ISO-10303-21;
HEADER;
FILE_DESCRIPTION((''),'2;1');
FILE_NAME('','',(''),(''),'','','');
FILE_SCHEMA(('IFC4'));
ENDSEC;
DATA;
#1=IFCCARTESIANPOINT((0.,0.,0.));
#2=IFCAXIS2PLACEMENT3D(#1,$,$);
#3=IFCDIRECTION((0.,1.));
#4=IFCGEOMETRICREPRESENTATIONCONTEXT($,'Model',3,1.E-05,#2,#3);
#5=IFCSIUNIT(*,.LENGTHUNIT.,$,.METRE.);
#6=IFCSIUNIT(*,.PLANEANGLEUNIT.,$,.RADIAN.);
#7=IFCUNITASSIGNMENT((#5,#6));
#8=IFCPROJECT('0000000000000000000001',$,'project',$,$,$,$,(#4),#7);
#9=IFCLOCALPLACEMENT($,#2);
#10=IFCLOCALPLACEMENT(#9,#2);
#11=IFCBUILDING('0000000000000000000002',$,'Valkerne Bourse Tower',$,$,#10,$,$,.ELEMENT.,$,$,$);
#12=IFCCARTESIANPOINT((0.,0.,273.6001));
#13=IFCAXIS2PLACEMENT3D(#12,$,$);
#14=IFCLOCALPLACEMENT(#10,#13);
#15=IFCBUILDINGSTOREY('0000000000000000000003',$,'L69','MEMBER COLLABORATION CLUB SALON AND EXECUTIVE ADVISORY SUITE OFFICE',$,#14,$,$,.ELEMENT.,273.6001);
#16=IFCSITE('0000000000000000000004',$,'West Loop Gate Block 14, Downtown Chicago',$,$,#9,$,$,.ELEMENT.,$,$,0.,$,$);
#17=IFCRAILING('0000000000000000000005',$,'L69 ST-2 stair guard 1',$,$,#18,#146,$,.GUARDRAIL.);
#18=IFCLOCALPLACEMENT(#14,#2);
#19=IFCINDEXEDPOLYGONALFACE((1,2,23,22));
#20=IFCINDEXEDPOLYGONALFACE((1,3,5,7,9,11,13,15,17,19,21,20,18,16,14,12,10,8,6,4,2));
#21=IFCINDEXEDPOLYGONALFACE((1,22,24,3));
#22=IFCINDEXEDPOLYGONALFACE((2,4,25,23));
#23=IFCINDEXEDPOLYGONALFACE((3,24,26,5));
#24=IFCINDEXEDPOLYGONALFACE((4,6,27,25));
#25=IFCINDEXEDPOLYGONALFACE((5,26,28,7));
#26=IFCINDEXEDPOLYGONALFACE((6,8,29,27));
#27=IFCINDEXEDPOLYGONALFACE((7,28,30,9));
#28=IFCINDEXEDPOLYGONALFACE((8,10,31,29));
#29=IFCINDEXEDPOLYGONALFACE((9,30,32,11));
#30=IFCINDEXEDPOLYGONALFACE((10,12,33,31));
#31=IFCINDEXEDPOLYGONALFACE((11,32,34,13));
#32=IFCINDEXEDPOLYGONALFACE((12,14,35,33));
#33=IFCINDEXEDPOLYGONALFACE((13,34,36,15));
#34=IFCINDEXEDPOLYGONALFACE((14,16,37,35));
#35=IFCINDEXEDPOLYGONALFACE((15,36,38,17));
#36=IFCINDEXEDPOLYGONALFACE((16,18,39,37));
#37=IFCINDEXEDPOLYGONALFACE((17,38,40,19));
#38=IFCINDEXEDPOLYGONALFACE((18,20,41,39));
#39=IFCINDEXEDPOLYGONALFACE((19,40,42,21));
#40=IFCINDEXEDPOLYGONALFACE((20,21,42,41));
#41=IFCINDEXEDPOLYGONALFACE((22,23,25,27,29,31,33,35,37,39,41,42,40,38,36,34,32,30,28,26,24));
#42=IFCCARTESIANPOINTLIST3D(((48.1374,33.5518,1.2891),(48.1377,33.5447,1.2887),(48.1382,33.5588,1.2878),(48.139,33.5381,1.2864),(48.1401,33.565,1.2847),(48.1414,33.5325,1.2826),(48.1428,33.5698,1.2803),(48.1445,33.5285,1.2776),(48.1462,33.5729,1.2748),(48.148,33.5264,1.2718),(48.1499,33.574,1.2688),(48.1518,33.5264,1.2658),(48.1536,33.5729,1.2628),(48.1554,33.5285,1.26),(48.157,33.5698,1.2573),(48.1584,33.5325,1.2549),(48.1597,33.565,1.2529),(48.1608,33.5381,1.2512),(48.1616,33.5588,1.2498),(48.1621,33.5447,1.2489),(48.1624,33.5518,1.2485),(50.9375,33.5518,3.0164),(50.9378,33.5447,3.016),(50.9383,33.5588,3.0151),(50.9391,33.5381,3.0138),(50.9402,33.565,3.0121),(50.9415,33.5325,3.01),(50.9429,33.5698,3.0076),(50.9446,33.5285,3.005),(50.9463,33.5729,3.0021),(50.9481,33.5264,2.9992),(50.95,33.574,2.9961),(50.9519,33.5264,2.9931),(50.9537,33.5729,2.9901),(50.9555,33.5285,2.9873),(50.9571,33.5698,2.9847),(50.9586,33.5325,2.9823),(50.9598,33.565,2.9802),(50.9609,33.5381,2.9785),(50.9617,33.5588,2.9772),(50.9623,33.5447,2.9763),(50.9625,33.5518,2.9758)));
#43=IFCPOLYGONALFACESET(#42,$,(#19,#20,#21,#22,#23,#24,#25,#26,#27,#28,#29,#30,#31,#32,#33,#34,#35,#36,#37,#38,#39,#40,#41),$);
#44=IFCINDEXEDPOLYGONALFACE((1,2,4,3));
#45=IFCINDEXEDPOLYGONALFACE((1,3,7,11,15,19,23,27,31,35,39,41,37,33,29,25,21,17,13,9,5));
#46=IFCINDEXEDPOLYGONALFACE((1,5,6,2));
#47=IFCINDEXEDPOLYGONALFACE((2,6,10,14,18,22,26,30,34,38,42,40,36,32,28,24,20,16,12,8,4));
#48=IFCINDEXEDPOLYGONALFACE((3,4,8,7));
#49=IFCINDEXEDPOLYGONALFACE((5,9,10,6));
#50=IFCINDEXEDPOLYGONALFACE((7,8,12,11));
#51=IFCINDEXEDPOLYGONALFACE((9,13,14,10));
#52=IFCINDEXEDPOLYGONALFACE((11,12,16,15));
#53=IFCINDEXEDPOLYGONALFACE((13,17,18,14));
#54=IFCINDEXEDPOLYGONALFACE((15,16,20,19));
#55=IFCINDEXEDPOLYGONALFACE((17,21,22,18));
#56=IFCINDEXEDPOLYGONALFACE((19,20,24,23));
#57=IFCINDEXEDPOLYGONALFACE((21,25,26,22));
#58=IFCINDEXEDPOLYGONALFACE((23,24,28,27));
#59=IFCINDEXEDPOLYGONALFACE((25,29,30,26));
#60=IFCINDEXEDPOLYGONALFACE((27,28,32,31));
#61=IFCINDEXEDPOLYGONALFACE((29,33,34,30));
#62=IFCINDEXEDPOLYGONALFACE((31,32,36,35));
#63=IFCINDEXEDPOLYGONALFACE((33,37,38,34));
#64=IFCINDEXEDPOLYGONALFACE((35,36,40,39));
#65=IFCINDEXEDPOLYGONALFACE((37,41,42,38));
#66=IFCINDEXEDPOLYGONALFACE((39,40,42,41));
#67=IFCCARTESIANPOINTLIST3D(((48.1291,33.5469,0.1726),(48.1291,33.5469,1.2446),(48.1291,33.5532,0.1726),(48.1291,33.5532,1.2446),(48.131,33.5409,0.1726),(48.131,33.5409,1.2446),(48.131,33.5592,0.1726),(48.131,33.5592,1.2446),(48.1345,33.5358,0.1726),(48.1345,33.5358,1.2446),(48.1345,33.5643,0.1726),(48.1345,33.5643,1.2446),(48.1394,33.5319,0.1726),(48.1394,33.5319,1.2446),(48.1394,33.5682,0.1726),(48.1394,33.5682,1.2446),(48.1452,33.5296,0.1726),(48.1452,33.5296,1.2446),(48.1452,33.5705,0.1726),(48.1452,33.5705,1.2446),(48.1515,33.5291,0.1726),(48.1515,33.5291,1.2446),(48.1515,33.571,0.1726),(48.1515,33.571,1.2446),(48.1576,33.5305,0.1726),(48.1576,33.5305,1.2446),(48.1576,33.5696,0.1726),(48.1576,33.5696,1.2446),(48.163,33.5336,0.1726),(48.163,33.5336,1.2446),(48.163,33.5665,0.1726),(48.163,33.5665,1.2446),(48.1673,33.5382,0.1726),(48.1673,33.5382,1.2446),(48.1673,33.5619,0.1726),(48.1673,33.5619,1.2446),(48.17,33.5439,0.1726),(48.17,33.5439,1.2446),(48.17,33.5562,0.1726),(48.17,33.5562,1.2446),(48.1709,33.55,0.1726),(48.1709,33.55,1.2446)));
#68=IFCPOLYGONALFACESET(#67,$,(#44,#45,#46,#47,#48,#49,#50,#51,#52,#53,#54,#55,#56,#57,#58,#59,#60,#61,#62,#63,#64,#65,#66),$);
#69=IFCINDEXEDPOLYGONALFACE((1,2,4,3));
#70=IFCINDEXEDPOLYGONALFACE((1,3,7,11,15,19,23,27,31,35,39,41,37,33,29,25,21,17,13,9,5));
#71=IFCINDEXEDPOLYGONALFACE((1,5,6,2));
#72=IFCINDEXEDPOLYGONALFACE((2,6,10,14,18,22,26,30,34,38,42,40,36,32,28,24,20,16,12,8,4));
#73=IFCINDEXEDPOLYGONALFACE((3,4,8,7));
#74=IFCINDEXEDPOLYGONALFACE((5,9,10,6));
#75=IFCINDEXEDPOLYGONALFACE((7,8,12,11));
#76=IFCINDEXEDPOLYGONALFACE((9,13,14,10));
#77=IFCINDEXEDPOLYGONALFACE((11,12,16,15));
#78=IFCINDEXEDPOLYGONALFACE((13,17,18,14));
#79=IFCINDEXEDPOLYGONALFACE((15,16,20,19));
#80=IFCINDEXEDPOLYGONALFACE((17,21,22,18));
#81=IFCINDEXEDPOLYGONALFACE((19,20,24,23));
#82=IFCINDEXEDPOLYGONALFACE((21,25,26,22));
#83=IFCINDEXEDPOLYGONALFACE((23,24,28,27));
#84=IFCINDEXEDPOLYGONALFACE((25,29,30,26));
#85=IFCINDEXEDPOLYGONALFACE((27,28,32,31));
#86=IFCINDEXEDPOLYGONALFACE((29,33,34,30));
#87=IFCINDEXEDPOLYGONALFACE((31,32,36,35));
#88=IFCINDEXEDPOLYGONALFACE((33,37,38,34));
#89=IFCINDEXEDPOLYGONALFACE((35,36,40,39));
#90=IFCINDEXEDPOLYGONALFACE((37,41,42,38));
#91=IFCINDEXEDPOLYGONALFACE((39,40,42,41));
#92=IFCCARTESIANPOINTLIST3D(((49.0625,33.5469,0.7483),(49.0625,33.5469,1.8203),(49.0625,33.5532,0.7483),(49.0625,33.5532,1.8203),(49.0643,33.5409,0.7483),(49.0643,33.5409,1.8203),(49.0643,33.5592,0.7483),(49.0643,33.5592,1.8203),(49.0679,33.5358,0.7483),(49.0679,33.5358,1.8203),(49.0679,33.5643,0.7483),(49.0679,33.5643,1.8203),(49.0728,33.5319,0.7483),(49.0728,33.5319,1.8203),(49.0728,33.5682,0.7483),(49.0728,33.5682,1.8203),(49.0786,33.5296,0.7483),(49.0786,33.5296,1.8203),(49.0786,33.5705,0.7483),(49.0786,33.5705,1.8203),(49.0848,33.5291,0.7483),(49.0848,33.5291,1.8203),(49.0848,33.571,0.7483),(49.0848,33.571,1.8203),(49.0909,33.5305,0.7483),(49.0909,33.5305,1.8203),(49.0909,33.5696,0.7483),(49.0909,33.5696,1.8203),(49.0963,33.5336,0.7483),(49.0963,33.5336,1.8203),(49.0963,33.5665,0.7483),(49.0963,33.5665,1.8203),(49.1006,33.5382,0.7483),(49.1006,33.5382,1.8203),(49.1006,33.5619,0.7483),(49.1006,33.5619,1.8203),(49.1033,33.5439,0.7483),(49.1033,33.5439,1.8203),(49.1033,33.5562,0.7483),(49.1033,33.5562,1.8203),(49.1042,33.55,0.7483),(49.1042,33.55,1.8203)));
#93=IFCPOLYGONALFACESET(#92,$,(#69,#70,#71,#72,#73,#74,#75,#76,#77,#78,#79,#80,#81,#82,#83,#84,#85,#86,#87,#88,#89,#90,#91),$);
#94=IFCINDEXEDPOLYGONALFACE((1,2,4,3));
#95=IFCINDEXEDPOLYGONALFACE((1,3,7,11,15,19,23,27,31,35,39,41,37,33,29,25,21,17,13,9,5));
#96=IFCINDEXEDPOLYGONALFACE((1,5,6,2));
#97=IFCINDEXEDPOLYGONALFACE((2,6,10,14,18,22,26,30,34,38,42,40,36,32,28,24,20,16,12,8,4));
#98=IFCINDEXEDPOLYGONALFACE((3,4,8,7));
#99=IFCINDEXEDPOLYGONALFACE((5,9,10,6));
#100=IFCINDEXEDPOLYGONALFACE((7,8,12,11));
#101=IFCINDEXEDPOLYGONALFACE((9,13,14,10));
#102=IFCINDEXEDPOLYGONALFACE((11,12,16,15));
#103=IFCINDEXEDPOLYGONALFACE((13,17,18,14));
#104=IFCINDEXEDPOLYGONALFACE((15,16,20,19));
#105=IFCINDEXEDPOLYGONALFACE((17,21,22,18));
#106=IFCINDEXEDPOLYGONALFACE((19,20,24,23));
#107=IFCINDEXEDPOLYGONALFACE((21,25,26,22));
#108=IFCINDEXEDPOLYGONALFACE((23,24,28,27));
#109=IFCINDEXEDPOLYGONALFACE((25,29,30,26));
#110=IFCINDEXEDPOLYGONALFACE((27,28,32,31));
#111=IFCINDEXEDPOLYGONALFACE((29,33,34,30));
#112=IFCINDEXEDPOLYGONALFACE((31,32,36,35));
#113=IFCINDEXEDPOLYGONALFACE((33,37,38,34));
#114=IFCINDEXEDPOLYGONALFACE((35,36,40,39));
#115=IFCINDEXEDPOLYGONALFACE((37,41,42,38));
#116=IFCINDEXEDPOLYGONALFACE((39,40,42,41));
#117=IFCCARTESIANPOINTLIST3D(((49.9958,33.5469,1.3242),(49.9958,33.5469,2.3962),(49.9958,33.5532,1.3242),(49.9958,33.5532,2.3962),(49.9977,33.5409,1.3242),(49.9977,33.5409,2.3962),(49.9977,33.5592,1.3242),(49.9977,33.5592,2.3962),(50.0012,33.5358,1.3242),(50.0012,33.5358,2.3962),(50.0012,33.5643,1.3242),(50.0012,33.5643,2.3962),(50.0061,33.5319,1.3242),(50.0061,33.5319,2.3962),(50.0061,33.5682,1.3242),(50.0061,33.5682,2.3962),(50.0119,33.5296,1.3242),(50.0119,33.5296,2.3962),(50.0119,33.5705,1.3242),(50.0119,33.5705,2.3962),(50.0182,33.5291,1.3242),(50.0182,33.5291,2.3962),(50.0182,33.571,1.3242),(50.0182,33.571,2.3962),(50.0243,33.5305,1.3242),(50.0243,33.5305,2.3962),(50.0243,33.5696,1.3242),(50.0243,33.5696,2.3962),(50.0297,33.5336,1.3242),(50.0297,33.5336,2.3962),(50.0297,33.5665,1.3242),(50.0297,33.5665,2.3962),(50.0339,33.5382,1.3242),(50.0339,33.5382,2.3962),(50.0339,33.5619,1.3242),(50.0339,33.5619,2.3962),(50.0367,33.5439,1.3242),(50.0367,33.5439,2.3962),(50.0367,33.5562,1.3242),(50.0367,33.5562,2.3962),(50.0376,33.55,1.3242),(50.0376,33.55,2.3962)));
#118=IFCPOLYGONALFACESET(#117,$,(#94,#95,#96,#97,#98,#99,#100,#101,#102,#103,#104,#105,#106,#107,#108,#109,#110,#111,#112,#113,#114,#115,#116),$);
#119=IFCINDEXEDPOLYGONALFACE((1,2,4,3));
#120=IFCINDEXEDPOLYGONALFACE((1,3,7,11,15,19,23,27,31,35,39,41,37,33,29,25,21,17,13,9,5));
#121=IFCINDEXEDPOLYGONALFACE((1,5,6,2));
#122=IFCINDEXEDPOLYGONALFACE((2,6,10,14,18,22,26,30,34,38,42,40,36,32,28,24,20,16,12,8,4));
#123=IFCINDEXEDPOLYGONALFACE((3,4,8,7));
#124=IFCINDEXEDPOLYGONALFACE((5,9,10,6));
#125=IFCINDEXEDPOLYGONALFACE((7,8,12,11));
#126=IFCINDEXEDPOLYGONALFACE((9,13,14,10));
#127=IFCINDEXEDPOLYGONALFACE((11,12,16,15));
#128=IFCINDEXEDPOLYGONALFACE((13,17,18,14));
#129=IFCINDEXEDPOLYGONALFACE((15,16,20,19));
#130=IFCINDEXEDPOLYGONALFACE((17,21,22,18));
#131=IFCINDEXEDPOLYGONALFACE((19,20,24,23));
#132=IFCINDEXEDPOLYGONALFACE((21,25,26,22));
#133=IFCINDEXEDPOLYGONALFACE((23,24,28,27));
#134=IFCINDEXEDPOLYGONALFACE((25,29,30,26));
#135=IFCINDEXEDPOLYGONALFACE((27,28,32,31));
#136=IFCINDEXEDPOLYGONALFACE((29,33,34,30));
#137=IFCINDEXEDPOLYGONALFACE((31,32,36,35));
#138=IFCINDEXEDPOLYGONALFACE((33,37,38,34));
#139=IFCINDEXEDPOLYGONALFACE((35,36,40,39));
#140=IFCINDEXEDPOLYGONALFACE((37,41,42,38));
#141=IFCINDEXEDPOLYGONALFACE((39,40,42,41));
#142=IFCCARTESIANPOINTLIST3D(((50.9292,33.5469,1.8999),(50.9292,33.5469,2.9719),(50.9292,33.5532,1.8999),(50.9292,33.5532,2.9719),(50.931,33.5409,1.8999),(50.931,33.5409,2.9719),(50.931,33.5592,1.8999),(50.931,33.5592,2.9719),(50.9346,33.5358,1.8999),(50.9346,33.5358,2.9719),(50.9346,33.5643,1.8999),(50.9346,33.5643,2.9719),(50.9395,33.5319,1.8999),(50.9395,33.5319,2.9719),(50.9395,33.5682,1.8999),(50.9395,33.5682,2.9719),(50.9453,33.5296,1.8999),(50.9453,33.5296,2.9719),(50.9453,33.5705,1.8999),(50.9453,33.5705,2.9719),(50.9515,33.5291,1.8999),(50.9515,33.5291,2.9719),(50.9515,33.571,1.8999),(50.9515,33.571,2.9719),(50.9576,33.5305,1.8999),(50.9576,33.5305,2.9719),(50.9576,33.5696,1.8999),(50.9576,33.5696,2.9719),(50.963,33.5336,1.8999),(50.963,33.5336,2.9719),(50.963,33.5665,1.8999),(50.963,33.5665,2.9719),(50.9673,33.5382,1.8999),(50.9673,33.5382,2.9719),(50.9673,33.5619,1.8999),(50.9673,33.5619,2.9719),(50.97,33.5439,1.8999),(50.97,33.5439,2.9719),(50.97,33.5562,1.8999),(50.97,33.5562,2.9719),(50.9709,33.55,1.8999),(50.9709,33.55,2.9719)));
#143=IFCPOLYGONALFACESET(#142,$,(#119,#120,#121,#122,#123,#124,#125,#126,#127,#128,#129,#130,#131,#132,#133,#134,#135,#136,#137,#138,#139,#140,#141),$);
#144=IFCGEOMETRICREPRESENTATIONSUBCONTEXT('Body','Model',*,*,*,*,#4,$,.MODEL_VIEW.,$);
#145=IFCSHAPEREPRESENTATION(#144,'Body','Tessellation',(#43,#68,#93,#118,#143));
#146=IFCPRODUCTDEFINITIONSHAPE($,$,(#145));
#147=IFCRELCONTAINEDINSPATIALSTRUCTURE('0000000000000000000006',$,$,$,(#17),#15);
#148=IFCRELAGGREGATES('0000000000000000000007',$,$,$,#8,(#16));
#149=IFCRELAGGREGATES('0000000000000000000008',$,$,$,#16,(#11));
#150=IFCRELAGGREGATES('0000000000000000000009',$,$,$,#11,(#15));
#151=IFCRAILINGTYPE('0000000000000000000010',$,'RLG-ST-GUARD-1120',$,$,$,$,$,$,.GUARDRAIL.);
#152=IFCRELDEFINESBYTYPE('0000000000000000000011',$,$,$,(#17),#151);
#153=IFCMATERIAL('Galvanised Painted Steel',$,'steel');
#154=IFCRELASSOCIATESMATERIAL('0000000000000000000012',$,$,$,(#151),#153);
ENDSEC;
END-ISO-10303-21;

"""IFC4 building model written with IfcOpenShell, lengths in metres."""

from ifc_helpers import new_model, si_unit, direction, frame, origin, origin_2d, place, context, subcontext, project, spatial, circle, extrude, material, type_object, element, save


model = new_model("IFC4")

# Units and contexts
model_context = context("Model", 3, precision=1e-05, world=origin(), true_north=direction((0.0, 1.0)))
body_context = subcontext(model_context, "Body", "Model", "MODEL_VIEW")
ifc_project = project(units=[si_unit("LENGTHUNIT", "METRE"), si_unit("PLANEANGLEUNIT", "RADIAN")], contexts=[model_context])

# Site, building, storey
site_placement = place(None, origin())
site = spatial("IfcSite", under=ifc_project, at=site_placement, Name="West Loop Gate Block 14, Downtown Chicago", CompositionType="ELEMENT", RefElevation=0.0)
building_placement = place(site_placement, origin())
building = spatial("IfcBuilding", under=site, at=building_placement, Name="Valkerne Bourse Tower", CompositionType="ELEMENT")
storey_placement = place(building_placement, frame((0.0, 0.0, 273.6001)))
storey = spatial("IfcBuildingStorey", under=building, at=storey_placement, Name="L69", Description="MEMBER COLLABORATION CLUB SALON AND EXECUTIVE ADVISORY SUITE OFFICE", CompositionType="ELEMENT", Elevation=273.6001)

# Shared definitions
ifc_material_1 = material(Name="Galvanised Painted Steel", Category="steel")

# Railing
railing_type_1 = type_object("IfcRailingType", Name="RLG-ST-GUARD-1120", PredefinedType="GUARDRAIL", material=ifc_material_1)
railing_1_placement = place(storey_placement, frame((48.1499, 33.55, 0.1726)))
element("IfcRailing", 1, at=railing_1_placement, inside=storey, type_object=railing_type_1, Name="L69 ST-2 stair guard 1", PredefinedType="GUARDRAIL", context=body_context, shape_type="SweptSolid", body=[
    extrude(circle(Radius=0.0239, at=origin_2d()), frame((0.0, 0.0, 1.0962), z_axis=(0.85109, 0.0, 0.52502), x_axis=(0.0, 1.0, 0.0)), (0.0, 0.0, 1.0), 3.29),
    extrude(circle(Radius=0.021, at=origin_2d()), origin(), (0.0, 0.0, 1.0), 1.072),
    extrude(circle(Radius=0.021, at=origin_2d()), frame((0.9333, 0.0, 0.5757)), (0.0, 0.0, 1.0), 1.072),
    extrude(circle(Radius=0.021, at=origin_2d()), frame((1.8667, 0.0, 1.1516)), (0.0, 0.0, 1.0), 1.072),
    extrude(circle(Radius=0.021, at=origin_2d()), frame((2.8, 0.0, 1.7273)), (0.0, 0.0, 1.0), 1.072),
])

save(model, "model.ifc")
